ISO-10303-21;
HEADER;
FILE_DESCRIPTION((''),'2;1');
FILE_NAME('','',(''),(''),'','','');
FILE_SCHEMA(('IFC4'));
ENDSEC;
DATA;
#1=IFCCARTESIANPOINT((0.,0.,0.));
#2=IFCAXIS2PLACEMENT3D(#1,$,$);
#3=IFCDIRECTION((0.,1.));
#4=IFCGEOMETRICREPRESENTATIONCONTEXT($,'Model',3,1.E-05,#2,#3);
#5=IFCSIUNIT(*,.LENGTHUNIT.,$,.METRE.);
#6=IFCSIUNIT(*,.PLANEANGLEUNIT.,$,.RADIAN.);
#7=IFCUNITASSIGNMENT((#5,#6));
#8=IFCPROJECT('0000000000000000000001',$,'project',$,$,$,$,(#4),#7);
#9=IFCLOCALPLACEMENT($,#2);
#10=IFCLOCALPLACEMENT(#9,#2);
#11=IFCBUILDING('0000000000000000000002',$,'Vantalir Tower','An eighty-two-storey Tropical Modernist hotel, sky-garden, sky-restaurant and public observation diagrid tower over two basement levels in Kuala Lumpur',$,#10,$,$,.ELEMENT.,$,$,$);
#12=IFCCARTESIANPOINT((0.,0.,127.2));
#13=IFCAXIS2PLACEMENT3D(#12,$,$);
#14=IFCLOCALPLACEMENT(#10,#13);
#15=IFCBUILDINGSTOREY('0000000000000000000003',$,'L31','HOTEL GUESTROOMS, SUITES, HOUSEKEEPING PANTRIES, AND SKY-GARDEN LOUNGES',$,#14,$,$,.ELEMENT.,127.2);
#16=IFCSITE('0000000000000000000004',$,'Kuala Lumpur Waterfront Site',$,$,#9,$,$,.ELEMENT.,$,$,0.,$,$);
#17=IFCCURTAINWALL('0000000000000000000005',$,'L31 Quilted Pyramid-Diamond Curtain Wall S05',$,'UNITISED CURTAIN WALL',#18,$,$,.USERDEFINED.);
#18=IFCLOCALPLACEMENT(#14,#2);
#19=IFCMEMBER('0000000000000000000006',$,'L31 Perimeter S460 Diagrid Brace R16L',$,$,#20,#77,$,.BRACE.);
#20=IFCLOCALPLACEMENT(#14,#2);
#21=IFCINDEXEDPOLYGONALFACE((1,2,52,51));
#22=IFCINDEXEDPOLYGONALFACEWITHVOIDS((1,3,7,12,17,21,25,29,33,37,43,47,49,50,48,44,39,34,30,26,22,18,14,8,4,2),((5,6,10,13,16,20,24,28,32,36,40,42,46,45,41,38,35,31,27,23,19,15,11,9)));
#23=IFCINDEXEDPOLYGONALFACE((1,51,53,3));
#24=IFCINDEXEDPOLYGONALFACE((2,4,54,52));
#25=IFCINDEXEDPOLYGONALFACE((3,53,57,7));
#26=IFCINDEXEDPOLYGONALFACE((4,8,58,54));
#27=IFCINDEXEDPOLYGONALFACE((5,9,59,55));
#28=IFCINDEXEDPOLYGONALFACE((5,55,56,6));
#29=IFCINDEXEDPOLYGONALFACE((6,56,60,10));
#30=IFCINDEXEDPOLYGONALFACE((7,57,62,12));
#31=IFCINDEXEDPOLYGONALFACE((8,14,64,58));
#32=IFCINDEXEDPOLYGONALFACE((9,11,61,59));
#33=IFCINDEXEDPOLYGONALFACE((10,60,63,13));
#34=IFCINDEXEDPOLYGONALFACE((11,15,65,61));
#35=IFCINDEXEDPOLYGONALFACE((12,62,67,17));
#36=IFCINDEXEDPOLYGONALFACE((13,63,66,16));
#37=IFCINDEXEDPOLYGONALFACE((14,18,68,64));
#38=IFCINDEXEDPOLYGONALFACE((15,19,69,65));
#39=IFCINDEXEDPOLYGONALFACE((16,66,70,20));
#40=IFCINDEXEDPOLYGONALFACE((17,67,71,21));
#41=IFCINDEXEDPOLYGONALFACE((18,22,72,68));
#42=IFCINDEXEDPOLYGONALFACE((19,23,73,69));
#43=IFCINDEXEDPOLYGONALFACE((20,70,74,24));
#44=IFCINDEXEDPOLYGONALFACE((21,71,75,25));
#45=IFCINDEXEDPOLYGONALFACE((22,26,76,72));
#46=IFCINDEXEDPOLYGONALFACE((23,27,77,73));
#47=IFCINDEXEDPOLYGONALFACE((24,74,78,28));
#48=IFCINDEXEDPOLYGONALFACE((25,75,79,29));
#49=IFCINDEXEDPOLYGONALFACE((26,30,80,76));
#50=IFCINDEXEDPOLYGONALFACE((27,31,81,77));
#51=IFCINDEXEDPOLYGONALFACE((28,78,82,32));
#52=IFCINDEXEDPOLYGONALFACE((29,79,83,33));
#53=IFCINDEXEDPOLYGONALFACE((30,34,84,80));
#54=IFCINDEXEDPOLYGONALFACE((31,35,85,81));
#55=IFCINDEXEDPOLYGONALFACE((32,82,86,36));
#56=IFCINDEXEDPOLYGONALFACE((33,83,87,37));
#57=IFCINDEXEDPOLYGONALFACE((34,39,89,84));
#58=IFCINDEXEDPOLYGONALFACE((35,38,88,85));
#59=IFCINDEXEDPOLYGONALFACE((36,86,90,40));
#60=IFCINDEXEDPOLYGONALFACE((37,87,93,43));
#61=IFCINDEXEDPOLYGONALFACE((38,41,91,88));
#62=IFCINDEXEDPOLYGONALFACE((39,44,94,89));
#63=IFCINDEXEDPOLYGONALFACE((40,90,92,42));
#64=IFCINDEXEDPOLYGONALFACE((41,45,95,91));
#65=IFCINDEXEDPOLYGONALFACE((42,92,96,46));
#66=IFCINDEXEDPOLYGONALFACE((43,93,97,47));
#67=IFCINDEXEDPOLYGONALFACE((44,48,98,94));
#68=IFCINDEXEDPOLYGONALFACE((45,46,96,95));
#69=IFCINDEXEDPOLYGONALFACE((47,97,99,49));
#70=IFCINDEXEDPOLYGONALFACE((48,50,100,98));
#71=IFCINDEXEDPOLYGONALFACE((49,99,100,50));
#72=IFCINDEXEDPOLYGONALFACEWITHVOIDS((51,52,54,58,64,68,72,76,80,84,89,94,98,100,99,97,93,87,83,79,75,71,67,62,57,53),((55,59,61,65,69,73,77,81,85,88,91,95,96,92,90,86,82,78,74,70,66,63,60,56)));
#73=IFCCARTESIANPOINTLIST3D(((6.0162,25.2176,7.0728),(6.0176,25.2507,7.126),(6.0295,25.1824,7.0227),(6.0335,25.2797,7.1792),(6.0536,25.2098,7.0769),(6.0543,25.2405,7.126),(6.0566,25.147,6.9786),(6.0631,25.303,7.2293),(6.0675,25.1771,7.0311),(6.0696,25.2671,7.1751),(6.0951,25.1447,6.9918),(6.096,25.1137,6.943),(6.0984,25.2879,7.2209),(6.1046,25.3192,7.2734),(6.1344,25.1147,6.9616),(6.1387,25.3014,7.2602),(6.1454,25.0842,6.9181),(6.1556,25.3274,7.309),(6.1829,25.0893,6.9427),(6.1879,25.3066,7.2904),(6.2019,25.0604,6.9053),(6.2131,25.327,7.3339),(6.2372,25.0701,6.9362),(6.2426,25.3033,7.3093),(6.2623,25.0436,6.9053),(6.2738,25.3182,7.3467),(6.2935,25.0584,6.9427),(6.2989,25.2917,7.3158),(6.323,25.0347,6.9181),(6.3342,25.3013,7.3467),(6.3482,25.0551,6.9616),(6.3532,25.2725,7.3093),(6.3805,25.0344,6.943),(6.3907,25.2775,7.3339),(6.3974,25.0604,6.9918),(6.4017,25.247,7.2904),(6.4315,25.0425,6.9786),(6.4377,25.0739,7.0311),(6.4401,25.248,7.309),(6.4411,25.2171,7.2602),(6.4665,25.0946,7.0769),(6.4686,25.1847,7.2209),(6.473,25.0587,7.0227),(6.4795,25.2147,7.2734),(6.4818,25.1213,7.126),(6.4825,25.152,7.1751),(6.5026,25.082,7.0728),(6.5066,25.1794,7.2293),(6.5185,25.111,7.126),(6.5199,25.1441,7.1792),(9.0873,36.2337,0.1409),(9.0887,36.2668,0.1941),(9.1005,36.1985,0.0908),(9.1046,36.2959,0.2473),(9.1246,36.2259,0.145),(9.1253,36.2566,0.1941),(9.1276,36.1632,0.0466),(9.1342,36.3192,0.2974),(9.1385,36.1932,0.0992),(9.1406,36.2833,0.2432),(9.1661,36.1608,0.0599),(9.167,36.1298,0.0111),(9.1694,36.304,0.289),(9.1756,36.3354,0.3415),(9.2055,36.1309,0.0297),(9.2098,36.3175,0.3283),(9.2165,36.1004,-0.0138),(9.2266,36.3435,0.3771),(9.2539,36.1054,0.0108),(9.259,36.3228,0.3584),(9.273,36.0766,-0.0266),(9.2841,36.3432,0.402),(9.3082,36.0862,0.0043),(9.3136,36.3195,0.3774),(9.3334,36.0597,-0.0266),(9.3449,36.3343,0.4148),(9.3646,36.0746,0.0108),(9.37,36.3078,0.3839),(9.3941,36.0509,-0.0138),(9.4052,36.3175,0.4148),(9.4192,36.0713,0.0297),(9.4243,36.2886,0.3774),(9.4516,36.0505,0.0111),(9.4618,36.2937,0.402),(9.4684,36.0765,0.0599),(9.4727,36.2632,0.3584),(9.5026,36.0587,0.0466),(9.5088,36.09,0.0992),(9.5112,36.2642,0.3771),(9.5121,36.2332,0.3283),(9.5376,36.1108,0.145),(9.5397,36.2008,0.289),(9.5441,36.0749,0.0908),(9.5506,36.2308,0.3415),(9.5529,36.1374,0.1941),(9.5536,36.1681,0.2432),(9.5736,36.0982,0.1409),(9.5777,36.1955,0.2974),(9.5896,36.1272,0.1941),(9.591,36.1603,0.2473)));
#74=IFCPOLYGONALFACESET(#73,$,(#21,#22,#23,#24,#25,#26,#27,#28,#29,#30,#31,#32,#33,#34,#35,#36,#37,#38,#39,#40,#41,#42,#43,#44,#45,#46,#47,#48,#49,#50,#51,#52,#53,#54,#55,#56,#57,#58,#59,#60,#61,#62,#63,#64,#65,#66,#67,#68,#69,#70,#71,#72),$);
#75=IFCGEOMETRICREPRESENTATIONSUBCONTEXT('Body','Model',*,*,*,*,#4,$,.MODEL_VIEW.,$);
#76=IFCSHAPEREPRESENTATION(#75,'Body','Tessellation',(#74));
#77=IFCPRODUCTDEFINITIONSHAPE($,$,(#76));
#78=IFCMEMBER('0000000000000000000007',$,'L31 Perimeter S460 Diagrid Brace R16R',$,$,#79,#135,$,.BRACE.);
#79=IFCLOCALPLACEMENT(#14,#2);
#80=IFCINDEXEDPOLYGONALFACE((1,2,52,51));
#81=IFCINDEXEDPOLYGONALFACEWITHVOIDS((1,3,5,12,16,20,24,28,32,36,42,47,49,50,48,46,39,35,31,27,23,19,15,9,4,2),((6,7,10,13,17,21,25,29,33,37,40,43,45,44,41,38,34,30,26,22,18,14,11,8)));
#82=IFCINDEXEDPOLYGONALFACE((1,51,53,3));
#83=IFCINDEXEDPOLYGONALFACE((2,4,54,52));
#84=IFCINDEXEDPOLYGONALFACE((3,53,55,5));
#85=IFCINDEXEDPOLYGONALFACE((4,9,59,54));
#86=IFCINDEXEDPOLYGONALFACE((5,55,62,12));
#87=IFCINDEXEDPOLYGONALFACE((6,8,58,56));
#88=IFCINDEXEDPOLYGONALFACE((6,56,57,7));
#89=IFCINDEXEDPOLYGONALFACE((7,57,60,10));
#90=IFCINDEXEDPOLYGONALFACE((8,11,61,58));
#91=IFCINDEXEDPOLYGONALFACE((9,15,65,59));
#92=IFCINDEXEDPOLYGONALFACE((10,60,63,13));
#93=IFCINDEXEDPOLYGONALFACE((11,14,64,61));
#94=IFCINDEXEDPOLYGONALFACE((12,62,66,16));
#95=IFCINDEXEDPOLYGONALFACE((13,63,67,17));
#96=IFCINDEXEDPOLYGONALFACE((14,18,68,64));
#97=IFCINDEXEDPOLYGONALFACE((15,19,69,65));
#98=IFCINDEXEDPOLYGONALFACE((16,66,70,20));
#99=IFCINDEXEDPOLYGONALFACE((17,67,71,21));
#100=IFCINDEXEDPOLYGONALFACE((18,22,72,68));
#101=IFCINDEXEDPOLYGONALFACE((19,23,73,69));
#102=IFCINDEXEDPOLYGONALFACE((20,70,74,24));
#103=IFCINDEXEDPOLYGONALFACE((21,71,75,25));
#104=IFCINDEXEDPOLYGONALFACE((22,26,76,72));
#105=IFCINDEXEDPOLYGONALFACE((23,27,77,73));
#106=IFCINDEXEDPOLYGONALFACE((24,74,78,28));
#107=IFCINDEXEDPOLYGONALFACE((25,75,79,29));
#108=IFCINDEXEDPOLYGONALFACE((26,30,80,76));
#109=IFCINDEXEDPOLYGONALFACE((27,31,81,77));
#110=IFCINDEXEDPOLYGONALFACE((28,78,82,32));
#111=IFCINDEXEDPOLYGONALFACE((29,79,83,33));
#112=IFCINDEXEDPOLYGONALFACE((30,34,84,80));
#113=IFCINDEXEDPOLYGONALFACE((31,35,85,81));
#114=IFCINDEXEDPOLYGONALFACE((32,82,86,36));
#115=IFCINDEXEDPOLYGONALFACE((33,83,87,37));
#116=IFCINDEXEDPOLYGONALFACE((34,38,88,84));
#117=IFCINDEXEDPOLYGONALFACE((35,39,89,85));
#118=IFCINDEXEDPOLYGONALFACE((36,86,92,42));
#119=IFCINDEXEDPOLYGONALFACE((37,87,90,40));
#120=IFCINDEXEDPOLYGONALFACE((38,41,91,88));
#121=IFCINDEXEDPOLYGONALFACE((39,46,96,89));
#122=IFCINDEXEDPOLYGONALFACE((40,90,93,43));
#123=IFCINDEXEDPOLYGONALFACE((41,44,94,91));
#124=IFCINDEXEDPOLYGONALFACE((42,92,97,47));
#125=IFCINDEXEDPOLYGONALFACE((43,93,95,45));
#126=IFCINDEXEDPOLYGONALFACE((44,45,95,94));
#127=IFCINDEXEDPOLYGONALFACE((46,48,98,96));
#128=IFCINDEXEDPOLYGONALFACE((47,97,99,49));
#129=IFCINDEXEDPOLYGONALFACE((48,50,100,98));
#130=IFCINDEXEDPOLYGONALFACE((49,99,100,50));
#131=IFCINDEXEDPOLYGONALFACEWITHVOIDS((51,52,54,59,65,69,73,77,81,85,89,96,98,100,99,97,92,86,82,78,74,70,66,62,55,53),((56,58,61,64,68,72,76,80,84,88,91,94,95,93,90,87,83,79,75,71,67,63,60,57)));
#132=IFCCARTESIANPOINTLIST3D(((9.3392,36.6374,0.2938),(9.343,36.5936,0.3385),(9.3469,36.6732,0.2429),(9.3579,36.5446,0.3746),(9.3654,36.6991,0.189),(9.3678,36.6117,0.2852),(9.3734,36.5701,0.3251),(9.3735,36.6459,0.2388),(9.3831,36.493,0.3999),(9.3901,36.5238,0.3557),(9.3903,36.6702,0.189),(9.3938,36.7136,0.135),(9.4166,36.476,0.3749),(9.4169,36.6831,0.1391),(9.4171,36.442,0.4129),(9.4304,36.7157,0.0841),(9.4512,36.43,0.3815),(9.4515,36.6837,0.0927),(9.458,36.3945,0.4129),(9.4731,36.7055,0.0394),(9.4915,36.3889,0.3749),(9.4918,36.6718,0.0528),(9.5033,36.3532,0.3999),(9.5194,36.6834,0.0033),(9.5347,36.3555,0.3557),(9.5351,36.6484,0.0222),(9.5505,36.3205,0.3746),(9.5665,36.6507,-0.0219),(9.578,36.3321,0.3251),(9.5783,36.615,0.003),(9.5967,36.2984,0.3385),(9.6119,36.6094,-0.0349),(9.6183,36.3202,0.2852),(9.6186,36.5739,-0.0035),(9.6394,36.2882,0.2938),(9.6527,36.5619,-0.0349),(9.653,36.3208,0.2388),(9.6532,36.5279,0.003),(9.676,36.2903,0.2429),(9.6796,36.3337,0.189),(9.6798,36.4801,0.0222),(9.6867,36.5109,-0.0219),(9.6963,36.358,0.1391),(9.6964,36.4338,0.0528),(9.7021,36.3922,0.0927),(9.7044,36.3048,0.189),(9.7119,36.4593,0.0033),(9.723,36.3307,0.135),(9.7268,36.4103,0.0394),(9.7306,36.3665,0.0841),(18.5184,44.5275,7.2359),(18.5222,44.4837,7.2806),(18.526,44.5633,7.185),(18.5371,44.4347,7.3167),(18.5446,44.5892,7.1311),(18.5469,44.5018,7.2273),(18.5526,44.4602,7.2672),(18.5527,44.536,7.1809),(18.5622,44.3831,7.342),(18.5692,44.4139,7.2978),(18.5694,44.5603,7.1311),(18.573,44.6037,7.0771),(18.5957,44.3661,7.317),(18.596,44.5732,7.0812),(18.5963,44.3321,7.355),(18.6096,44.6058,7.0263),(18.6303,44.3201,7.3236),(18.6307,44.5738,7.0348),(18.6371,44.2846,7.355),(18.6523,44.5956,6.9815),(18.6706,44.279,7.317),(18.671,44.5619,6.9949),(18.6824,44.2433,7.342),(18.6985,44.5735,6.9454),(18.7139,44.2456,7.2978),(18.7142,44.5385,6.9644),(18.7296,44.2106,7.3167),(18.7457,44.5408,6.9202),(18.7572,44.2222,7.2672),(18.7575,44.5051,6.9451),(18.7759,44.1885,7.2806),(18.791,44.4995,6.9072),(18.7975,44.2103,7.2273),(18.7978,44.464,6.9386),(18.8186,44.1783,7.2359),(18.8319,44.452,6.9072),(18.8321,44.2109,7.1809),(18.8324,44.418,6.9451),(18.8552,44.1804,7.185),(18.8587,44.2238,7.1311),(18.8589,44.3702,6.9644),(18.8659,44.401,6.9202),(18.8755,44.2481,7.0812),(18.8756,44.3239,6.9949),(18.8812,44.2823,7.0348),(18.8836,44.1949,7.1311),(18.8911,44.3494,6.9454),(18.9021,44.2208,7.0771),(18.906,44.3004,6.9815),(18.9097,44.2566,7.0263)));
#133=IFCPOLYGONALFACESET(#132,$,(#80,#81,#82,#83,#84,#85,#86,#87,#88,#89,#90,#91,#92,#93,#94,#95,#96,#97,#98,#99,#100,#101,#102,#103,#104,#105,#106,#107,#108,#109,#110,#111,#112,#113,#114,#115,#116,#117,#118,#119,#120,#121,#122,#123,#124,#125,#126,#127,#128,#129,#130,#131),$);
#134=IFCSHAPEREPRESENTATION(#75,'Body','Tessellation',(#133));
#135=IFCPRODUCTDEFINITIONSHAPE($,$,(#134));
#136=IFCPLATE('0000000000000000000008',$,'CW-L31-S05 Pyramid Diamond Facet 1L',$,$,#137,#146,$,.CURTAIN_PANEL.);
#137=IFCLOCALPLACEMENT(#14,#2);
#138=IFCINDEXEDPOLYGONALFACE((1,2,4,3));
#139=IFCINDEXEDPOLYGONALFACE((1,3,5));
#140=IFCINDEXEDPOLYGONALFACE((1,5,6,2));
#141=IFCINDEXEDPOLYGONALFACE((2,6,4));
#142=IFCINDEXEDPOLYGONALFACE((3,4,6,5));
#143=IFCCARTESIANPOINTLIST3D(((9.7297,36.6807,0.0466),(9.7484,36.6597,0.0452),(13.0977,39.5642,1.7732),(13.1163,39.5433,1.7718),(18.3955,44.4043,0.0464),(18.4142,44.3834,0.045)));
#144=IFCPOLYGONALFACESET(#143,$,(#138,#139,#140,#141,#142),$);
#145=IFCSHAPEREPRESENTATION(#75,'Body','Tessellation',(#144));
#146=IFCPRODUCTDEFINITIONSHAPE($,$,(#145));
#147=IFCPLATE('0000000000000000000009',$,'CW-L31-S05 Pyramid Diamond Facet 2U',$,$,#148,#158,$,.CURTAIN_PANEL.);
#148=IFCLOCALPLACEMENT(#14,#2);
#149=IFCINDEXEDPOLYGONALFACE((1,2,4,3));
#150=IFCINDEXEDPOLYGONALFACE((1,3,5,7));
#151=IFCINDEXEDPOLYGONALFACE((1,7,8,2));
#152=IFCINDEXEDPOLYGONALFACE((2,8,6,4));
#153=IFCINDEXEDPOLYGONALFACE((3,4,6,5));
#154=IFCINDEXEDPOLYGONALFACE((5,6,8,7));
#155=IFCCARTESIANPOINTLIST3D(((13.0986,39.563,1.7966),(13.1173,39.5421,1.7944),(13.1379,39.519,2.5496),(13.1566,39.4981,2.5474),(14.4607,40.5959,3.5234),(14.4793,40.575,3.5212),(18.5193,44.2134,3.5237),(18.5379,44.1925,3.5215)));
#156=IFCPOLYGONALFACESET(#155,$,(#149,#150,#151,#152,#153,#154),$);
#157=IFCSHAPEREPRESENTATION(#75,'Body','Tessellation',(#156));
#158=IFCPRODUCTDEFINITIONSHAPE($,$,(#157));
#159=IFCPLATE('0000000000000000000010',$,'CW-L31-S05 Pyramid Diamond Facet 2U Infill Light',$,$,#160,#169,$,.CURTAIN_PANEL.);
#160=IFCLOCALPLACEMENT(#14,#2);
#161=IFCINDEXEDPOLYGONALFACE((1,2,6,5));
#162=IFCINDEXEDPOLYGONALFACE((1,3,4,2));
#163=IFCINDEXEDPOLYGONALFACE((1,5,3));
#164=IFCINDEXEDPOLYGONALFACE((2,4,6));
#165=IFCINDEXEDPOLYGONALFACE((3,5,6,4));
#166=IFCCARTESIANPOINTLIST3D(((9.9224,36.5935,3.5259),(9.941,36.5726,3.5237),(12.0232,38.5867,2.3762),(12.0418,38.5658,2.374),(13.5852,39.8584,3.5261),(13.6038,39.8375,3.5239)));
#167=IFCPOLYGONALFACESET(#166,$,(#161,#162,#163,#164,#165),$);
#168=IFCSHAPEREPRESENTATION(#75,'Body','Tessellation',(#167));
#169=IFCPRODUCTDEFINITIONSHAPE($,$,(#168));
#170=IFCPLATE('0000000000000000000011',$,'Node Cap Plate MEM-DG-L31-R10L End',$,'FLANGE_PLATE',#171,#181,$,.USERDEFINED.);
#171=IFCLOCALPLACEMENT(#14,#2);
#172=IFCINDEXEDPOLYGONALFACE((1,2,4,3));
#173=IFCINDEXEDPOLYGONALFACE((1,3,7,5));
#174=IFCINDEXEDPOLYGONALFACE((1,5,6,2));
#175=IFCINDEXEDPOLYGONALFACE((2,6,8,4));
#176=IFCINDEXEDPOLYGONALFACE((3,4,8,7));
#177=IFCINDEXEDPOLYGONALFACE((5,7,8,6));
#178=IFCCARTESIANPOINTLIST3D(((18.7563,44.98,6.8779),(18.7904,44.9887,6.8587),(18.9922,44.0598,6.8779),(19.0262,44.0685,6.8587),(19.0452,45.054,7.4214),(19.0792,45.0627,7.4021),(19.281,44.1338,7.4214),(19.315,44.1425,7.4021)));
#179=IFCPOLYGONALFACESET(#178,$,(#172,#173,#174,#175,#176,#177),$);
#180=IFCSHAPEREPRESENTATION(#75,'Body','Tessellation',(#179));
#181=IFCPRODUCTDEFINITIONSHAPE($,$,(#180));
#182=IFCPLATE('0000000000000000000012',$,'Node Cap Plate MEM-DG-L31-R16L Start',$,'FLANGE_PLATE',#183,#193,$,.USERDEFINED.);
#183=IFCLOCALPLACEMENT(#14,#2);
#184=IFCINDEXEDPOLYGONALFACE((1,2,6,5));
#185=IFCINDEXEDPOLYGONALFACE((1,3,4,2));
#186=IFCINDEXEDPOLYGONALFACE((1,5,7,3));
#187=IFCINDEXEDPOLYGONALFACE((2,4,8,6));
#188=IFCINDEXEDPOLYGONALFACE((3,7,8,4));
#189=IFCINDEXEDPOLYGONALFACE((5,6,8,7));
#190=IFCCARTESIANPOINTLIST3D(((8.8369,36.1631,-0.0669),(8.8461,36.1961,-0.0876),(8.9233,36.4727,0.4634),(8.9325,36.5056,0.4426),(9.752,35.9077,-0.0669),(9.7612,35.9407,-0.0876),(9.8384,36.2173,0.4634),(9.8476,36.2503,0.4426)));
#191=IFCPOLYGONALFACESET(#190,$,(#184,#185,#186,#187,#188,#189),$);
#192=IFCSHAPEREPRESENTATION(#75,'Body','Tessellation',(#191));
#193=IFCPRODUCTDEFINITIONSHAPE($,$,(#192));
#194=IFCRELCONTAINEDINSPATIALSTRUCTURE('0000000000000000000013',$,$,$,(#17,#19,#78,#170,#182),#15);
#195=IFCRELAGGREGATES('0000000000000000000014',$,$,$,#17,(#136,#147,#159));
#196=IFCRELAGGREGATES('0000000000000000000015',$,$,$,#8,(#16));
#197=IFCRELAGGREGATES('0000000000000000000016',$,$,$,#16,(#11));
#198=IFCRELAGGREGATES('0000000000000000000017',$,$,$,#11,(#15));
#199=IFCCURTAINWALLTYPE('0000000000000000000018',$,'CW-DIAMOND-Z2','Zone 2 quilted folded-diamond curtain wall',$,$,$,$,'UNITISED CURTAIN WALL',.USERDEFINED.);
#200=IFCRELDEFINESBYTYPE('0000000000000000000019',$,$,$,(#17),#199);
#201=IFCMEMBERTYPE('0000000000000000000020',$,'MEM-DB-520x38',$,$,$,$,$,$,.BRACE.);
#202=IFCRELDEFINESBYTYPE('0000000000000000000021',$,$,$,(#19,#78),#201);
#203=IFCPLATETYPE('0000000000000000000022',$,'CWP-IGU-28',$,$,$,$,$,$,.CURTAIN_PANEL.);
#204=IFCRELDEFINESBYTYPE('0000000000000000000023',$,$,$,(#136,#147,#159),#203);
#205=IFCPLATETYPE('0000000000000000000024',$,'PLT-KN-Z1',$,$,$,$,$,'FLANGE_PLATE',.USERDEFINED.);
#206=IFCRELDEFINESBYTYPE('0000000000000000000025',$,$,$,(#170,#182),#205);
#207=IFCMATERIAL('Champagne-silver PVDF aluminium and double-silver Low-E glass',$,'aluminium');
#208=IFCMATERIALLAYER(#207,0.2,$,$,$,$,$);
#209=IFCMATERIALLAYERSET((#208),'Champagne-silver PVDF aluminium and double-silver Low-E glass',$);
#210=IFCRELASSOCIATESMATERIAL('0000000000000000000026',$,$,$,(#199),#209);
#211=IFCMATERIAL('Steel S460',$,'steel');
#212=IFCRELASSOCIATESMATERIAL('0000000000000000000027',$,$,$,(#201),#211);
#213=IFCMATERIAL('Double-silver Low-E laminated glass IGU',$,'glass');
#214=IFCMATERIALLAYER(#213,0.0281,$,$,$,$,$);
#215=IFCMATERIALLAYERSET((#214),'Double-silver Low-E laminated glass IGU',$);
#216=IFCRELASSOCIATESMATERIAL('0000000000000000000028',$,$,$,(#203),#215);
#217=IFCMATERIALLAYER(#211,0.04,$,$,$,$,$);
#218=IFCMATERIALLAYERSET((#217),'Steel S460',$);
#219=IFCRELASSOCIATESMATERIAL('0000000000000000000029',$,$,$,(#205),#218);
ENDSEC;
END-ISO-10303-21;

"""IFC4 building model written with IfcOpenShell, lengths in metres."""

from ifc_helpers import new_model, si_unit, direction, frame, origin, origin_2d, place, context, subcontext, project, spatial, polyline, hollow_circle, outline, extrude, material, layer, layer_set, material_profile, profile_set, type_object, element, aggregate, save


model = new_model("IFC4")

# Units and contexts
model_context = context("Model", 3, precision=1e-05, world=origin(), true_north=direction((0.0, 1.0)))
body_context = subcontext(model_context, "Body", "Model", "MODEL_VIEW")
ifc_project = project(units=[si_unit("LENGTHUNIT", "METRE"), si_unit("PLANEANGLEUNIT", "RADIAN")], contexts=[model_context])

# Site, building, storey
site_placement = place(None, origin())
site = spatial("IfcSite", under=ifc_project, at=site_placement, Name="Kuala Lumpur Waterfront Site", CompositionType="ELEMENT", RefElevation=0.0)
building_placement = place(site_placement, origin())
building = spatial("IfcBuilding", under=site, at=building_placement, Name="Vantalir Tower", Description="An eighty-two-storey Tropical Modernist hotel, sky-garden, sky-restaurant and public observation diagrid tower over two basement levels in Kuala Lumpur", CompositionType="ELEMENT")
storey_placement = place(building_placement, frame((0.0, 0.0, 127.2)))
storey = spatial("IfcBuildingStorey", under=building, at=storey_placement, Name="L31", Description="HOTEL GUESTROOMS, SUITES, HOUSEKEEPING PANTRIES, AND SKY-GARDEN LOUNGES", CompositionType="ELEMENT", Elevation=127.2)

# Shared definitions
ifc_material_1 = material(Name="Steel S460", Category="steel")

# Shared definitions
ifc_material_2 = material(Name="Champagne-silver PVDF aluminium and double-silver Low-E glass", Category="aluminium")
ifc_layer_1 = layer(ifc_material_2, 0.2)
ifc_layer_set_1 = layer_set([ifc_layer_1], Name="Champagne-silver PVDF aluminium and double-silver Low-E glass")
curtain_wall_type = type_object("IfcCurtainWallType", Name="CW-DIAMOND-Z2", Description="Zone 2 quilted folded-diamond curtain wall", ElementType="UNITISED CURTAIN WALL", PredefinedType="USERDEFINED", material=ifc_layer_set_1)

# Curtain wall
curtain_wall_1_placement = place(storey_placement, origin())
curtain_wall_1 = element("IfcCurtainWall", 1, at=curtain_wall_1_placement, inside=storey, type_object=curtain_wall_type, Name="L31 Quilted Pyramid-Diamond Curtain Wall S05", ObjectType="UNITISED CURTAIN WALL", PredefinedType="USERDEFINED")

# Members
ifc_material_profile_1 = material_profile(ifc_material_1, hollow_circle(Radius=0.26, WallThickness=0.0381, at=origin_2d()), Name="Steel S460")
ifc_profile_set_1 = profile_set([ifc_material_profile_1], Name="Steel S460")
member_type_1 = type_object("IfcMemberType", Name="MEM-DB-520x38", PredefinedType="BRACE", material=ifc_profile_set_1)
member_1_placement = place(storey_placement, frame((9.3391, 36.197, 0.1941), z_axis=(-0.229645, -0.823758, 0.518349), x_axis=(0.963269, -0.268538, 0.0)))
element("IfcMember", 2, at=member_1_placement, inside=storey, type_object=member_type_1, Name="L31 Perimeter S460 Diagrid Brace R16L", PredefinedType="BRACE", context=body_context, shape_type="SweptSolid", body=[
    extrude(hollow_circle(Radius=0.26, WallThickness=0.0381, at=origin_2d()), origin(), (0.0, 0.0, 1.0), 13.373),
])
member_2_placement = place(storey_placement, frame((9.5349, 36.502, 0.189), z_axis=(0.657833, 0.565452, 0.497513), x_axis=(-0.65185, 0.758348, 0.0)))
element("IfcMember", 3, at=member_2_placement, inside=storey, type_object=member_type_1, Name="L31 Perimeter S460 Diagrid Brace R16R", PredefinedType="BRACE", context=body_context, shape_type="SweptSolid", body=[
    extrude(hollow_circle(Radius=0.26, WallThickness=0.0381, at=origin_2d()), origin(), (0.0, 0.0, 1.0), 13.9536),
])

# Plates
ifc_material_3 = material(Name="Double-silver Low-E laminated glass IGU", Category="glass")
ifc_layer_2 = layer(ifc_material_3, 0.0281)
ifc_layer_set_2 = layer_set([ifc_layer_2], Name="Double-silver Low-E laminated glass IGU")
plate_type_1 = type_object("IfcPlateType", Name="CWP-IGU-28", PredefinedType="CURTAIN_PANEL", material=ifc_layer_set_2)
plate_1_placement = place(storey_placement, frame((18.3955, 44.4043, 0.0464), z_axis=(-0.664492, 0.74555, 0.051044), x_axis=(-0.746522, -0.665361, 0.000021)))
plate_1 = element("IfcPlate", 4, at=plate_1_placement, type_object=plate_type_1, Name="CW-L31-S05 Pyramid Diamond Facet 1L", PredefinedType="CURTAIN_PANEL", context=body_context, shape_type="SweptSolid", body=[
    extrude(outline(polyline([(0.0, 0.0), (11.6082, 0.0), (7.1754, 1.7289), (0.0, 0.0)])), origin(), (0.0, 0.0, -1.0), 0.0281),
])
plate_2_placement = place(storey_placement, frame((18.5193, 44.2134, 3.5237), z_axis=(-0.663346, 0.744233, 0.078038), x_axis=(-0.746511, -0.665373, -0.000045)))
plate_2 = element("IfcPlate", 5, at=plate_2_placement, type_object=plate_type_1, Name="CW-L31-S05 Pyramid Diamond Facet 2U", PredefinedType="CURTAIN_PANEL", context=body_context, shape_type="SweptSolid", body=[
    extrude(outline(polyline([(0.0, 0.0), (5.4367, 0.0), (7.1408, -0.9768), (7.1409, -1.732), (0.0, 0.0)])), origin(), (0.0, 0.0, -1.0), 0.0281),
])
plate_3_placement = place(storey_placement, frame((13.5852, 39.8584, 3.5261), z_axis=(-0.663365, 0.744215, 0.078045), x_axis=(-0.746494, -0.665392, -0.00005)))
plate_3 = element("IfcPlate", 6, at=plate_3_placement, type_object=plate_type_1, Name="CW-L31-S05 Pyramid Diamond Facet 2U Infill Light", PredefinedType="CURTAIN_PANEL", context=body_context, shape_type="SweptSolid", body=[
    extrude(outline(polyline([(0.0, 0.0), (4.9067, 0.0), (2.0123, -1.1533), (0.0, 0.0)])), origin(), (0.0, 0.0, -1.0), 0.0281),
])
aggregate(curtain_wall_1, [plate_1, plate_2, plate_3])

# Plates
ifc_layer_3 = layer(ifc_material_1, 0.04)
ifc_layer_set_3 = layer_set([ifc_layer_3], Name="Steel S460")
plate_type_2 = type_object("IfcPlateType", Name="PLT-KN-Z1", ElementType="FLANGE_PLATE", PredefinedType="USERDEFINED", material=ifc_layer_set_3)
plate_4_placement = place(storey_placement, frame((18.7563, 44.98, 6.8779), z_axis=(-0.849282, -0.217672, 0.480977), x_axis=(0.248276, -0.968689, 0.0)))
element("IfcPlate", 7, at=plate_4_placement, inside=storey, type_object=plate_type_2, Name="Node Cap Plate MEM-DG-L31-R10L End", ObjectType="FLANGE_PLATE", PredefinedType="USERDEFINED", context=body_context, shape_type="SweptSolid", body=[
    extrude(outline(polyline([(0.0, 0.0), (0.9499, 0.0), (0.95, 0.6199), (0.0, 0.6199), (0.0, 0.0)])), origin(), (0.0, 0.0, -1.0), 0.04),
])
plate_5_placement = place(storey_placement, frame((8.8369, 36.1631, -0.0669), z_axis=(-0.22988, -0.8237, 0.518337), x_axis=(0.963193, -0.26881, 0.0)))
element("IfcPlate", 8, at=plate_5_placement, inside=storey, type_object=plate_type_2, Name="Node Cap Plate MEM-DG-L31-R16L Start", ObjectType="FLANGE_PLATE", PredefinedType="USERDEFINED", context=body_context, shape_type="SweptSolid", body=[
    extrude(outline(polyline([(0.0, 0.0), (0.95, 0.0), (0.95, 0.6201), (0.0, 0.6201), (0.0, 0.0)])), origin(), (0.0, 0.0, -1.0), 0.04),
])

save(model, "model.ifc")
